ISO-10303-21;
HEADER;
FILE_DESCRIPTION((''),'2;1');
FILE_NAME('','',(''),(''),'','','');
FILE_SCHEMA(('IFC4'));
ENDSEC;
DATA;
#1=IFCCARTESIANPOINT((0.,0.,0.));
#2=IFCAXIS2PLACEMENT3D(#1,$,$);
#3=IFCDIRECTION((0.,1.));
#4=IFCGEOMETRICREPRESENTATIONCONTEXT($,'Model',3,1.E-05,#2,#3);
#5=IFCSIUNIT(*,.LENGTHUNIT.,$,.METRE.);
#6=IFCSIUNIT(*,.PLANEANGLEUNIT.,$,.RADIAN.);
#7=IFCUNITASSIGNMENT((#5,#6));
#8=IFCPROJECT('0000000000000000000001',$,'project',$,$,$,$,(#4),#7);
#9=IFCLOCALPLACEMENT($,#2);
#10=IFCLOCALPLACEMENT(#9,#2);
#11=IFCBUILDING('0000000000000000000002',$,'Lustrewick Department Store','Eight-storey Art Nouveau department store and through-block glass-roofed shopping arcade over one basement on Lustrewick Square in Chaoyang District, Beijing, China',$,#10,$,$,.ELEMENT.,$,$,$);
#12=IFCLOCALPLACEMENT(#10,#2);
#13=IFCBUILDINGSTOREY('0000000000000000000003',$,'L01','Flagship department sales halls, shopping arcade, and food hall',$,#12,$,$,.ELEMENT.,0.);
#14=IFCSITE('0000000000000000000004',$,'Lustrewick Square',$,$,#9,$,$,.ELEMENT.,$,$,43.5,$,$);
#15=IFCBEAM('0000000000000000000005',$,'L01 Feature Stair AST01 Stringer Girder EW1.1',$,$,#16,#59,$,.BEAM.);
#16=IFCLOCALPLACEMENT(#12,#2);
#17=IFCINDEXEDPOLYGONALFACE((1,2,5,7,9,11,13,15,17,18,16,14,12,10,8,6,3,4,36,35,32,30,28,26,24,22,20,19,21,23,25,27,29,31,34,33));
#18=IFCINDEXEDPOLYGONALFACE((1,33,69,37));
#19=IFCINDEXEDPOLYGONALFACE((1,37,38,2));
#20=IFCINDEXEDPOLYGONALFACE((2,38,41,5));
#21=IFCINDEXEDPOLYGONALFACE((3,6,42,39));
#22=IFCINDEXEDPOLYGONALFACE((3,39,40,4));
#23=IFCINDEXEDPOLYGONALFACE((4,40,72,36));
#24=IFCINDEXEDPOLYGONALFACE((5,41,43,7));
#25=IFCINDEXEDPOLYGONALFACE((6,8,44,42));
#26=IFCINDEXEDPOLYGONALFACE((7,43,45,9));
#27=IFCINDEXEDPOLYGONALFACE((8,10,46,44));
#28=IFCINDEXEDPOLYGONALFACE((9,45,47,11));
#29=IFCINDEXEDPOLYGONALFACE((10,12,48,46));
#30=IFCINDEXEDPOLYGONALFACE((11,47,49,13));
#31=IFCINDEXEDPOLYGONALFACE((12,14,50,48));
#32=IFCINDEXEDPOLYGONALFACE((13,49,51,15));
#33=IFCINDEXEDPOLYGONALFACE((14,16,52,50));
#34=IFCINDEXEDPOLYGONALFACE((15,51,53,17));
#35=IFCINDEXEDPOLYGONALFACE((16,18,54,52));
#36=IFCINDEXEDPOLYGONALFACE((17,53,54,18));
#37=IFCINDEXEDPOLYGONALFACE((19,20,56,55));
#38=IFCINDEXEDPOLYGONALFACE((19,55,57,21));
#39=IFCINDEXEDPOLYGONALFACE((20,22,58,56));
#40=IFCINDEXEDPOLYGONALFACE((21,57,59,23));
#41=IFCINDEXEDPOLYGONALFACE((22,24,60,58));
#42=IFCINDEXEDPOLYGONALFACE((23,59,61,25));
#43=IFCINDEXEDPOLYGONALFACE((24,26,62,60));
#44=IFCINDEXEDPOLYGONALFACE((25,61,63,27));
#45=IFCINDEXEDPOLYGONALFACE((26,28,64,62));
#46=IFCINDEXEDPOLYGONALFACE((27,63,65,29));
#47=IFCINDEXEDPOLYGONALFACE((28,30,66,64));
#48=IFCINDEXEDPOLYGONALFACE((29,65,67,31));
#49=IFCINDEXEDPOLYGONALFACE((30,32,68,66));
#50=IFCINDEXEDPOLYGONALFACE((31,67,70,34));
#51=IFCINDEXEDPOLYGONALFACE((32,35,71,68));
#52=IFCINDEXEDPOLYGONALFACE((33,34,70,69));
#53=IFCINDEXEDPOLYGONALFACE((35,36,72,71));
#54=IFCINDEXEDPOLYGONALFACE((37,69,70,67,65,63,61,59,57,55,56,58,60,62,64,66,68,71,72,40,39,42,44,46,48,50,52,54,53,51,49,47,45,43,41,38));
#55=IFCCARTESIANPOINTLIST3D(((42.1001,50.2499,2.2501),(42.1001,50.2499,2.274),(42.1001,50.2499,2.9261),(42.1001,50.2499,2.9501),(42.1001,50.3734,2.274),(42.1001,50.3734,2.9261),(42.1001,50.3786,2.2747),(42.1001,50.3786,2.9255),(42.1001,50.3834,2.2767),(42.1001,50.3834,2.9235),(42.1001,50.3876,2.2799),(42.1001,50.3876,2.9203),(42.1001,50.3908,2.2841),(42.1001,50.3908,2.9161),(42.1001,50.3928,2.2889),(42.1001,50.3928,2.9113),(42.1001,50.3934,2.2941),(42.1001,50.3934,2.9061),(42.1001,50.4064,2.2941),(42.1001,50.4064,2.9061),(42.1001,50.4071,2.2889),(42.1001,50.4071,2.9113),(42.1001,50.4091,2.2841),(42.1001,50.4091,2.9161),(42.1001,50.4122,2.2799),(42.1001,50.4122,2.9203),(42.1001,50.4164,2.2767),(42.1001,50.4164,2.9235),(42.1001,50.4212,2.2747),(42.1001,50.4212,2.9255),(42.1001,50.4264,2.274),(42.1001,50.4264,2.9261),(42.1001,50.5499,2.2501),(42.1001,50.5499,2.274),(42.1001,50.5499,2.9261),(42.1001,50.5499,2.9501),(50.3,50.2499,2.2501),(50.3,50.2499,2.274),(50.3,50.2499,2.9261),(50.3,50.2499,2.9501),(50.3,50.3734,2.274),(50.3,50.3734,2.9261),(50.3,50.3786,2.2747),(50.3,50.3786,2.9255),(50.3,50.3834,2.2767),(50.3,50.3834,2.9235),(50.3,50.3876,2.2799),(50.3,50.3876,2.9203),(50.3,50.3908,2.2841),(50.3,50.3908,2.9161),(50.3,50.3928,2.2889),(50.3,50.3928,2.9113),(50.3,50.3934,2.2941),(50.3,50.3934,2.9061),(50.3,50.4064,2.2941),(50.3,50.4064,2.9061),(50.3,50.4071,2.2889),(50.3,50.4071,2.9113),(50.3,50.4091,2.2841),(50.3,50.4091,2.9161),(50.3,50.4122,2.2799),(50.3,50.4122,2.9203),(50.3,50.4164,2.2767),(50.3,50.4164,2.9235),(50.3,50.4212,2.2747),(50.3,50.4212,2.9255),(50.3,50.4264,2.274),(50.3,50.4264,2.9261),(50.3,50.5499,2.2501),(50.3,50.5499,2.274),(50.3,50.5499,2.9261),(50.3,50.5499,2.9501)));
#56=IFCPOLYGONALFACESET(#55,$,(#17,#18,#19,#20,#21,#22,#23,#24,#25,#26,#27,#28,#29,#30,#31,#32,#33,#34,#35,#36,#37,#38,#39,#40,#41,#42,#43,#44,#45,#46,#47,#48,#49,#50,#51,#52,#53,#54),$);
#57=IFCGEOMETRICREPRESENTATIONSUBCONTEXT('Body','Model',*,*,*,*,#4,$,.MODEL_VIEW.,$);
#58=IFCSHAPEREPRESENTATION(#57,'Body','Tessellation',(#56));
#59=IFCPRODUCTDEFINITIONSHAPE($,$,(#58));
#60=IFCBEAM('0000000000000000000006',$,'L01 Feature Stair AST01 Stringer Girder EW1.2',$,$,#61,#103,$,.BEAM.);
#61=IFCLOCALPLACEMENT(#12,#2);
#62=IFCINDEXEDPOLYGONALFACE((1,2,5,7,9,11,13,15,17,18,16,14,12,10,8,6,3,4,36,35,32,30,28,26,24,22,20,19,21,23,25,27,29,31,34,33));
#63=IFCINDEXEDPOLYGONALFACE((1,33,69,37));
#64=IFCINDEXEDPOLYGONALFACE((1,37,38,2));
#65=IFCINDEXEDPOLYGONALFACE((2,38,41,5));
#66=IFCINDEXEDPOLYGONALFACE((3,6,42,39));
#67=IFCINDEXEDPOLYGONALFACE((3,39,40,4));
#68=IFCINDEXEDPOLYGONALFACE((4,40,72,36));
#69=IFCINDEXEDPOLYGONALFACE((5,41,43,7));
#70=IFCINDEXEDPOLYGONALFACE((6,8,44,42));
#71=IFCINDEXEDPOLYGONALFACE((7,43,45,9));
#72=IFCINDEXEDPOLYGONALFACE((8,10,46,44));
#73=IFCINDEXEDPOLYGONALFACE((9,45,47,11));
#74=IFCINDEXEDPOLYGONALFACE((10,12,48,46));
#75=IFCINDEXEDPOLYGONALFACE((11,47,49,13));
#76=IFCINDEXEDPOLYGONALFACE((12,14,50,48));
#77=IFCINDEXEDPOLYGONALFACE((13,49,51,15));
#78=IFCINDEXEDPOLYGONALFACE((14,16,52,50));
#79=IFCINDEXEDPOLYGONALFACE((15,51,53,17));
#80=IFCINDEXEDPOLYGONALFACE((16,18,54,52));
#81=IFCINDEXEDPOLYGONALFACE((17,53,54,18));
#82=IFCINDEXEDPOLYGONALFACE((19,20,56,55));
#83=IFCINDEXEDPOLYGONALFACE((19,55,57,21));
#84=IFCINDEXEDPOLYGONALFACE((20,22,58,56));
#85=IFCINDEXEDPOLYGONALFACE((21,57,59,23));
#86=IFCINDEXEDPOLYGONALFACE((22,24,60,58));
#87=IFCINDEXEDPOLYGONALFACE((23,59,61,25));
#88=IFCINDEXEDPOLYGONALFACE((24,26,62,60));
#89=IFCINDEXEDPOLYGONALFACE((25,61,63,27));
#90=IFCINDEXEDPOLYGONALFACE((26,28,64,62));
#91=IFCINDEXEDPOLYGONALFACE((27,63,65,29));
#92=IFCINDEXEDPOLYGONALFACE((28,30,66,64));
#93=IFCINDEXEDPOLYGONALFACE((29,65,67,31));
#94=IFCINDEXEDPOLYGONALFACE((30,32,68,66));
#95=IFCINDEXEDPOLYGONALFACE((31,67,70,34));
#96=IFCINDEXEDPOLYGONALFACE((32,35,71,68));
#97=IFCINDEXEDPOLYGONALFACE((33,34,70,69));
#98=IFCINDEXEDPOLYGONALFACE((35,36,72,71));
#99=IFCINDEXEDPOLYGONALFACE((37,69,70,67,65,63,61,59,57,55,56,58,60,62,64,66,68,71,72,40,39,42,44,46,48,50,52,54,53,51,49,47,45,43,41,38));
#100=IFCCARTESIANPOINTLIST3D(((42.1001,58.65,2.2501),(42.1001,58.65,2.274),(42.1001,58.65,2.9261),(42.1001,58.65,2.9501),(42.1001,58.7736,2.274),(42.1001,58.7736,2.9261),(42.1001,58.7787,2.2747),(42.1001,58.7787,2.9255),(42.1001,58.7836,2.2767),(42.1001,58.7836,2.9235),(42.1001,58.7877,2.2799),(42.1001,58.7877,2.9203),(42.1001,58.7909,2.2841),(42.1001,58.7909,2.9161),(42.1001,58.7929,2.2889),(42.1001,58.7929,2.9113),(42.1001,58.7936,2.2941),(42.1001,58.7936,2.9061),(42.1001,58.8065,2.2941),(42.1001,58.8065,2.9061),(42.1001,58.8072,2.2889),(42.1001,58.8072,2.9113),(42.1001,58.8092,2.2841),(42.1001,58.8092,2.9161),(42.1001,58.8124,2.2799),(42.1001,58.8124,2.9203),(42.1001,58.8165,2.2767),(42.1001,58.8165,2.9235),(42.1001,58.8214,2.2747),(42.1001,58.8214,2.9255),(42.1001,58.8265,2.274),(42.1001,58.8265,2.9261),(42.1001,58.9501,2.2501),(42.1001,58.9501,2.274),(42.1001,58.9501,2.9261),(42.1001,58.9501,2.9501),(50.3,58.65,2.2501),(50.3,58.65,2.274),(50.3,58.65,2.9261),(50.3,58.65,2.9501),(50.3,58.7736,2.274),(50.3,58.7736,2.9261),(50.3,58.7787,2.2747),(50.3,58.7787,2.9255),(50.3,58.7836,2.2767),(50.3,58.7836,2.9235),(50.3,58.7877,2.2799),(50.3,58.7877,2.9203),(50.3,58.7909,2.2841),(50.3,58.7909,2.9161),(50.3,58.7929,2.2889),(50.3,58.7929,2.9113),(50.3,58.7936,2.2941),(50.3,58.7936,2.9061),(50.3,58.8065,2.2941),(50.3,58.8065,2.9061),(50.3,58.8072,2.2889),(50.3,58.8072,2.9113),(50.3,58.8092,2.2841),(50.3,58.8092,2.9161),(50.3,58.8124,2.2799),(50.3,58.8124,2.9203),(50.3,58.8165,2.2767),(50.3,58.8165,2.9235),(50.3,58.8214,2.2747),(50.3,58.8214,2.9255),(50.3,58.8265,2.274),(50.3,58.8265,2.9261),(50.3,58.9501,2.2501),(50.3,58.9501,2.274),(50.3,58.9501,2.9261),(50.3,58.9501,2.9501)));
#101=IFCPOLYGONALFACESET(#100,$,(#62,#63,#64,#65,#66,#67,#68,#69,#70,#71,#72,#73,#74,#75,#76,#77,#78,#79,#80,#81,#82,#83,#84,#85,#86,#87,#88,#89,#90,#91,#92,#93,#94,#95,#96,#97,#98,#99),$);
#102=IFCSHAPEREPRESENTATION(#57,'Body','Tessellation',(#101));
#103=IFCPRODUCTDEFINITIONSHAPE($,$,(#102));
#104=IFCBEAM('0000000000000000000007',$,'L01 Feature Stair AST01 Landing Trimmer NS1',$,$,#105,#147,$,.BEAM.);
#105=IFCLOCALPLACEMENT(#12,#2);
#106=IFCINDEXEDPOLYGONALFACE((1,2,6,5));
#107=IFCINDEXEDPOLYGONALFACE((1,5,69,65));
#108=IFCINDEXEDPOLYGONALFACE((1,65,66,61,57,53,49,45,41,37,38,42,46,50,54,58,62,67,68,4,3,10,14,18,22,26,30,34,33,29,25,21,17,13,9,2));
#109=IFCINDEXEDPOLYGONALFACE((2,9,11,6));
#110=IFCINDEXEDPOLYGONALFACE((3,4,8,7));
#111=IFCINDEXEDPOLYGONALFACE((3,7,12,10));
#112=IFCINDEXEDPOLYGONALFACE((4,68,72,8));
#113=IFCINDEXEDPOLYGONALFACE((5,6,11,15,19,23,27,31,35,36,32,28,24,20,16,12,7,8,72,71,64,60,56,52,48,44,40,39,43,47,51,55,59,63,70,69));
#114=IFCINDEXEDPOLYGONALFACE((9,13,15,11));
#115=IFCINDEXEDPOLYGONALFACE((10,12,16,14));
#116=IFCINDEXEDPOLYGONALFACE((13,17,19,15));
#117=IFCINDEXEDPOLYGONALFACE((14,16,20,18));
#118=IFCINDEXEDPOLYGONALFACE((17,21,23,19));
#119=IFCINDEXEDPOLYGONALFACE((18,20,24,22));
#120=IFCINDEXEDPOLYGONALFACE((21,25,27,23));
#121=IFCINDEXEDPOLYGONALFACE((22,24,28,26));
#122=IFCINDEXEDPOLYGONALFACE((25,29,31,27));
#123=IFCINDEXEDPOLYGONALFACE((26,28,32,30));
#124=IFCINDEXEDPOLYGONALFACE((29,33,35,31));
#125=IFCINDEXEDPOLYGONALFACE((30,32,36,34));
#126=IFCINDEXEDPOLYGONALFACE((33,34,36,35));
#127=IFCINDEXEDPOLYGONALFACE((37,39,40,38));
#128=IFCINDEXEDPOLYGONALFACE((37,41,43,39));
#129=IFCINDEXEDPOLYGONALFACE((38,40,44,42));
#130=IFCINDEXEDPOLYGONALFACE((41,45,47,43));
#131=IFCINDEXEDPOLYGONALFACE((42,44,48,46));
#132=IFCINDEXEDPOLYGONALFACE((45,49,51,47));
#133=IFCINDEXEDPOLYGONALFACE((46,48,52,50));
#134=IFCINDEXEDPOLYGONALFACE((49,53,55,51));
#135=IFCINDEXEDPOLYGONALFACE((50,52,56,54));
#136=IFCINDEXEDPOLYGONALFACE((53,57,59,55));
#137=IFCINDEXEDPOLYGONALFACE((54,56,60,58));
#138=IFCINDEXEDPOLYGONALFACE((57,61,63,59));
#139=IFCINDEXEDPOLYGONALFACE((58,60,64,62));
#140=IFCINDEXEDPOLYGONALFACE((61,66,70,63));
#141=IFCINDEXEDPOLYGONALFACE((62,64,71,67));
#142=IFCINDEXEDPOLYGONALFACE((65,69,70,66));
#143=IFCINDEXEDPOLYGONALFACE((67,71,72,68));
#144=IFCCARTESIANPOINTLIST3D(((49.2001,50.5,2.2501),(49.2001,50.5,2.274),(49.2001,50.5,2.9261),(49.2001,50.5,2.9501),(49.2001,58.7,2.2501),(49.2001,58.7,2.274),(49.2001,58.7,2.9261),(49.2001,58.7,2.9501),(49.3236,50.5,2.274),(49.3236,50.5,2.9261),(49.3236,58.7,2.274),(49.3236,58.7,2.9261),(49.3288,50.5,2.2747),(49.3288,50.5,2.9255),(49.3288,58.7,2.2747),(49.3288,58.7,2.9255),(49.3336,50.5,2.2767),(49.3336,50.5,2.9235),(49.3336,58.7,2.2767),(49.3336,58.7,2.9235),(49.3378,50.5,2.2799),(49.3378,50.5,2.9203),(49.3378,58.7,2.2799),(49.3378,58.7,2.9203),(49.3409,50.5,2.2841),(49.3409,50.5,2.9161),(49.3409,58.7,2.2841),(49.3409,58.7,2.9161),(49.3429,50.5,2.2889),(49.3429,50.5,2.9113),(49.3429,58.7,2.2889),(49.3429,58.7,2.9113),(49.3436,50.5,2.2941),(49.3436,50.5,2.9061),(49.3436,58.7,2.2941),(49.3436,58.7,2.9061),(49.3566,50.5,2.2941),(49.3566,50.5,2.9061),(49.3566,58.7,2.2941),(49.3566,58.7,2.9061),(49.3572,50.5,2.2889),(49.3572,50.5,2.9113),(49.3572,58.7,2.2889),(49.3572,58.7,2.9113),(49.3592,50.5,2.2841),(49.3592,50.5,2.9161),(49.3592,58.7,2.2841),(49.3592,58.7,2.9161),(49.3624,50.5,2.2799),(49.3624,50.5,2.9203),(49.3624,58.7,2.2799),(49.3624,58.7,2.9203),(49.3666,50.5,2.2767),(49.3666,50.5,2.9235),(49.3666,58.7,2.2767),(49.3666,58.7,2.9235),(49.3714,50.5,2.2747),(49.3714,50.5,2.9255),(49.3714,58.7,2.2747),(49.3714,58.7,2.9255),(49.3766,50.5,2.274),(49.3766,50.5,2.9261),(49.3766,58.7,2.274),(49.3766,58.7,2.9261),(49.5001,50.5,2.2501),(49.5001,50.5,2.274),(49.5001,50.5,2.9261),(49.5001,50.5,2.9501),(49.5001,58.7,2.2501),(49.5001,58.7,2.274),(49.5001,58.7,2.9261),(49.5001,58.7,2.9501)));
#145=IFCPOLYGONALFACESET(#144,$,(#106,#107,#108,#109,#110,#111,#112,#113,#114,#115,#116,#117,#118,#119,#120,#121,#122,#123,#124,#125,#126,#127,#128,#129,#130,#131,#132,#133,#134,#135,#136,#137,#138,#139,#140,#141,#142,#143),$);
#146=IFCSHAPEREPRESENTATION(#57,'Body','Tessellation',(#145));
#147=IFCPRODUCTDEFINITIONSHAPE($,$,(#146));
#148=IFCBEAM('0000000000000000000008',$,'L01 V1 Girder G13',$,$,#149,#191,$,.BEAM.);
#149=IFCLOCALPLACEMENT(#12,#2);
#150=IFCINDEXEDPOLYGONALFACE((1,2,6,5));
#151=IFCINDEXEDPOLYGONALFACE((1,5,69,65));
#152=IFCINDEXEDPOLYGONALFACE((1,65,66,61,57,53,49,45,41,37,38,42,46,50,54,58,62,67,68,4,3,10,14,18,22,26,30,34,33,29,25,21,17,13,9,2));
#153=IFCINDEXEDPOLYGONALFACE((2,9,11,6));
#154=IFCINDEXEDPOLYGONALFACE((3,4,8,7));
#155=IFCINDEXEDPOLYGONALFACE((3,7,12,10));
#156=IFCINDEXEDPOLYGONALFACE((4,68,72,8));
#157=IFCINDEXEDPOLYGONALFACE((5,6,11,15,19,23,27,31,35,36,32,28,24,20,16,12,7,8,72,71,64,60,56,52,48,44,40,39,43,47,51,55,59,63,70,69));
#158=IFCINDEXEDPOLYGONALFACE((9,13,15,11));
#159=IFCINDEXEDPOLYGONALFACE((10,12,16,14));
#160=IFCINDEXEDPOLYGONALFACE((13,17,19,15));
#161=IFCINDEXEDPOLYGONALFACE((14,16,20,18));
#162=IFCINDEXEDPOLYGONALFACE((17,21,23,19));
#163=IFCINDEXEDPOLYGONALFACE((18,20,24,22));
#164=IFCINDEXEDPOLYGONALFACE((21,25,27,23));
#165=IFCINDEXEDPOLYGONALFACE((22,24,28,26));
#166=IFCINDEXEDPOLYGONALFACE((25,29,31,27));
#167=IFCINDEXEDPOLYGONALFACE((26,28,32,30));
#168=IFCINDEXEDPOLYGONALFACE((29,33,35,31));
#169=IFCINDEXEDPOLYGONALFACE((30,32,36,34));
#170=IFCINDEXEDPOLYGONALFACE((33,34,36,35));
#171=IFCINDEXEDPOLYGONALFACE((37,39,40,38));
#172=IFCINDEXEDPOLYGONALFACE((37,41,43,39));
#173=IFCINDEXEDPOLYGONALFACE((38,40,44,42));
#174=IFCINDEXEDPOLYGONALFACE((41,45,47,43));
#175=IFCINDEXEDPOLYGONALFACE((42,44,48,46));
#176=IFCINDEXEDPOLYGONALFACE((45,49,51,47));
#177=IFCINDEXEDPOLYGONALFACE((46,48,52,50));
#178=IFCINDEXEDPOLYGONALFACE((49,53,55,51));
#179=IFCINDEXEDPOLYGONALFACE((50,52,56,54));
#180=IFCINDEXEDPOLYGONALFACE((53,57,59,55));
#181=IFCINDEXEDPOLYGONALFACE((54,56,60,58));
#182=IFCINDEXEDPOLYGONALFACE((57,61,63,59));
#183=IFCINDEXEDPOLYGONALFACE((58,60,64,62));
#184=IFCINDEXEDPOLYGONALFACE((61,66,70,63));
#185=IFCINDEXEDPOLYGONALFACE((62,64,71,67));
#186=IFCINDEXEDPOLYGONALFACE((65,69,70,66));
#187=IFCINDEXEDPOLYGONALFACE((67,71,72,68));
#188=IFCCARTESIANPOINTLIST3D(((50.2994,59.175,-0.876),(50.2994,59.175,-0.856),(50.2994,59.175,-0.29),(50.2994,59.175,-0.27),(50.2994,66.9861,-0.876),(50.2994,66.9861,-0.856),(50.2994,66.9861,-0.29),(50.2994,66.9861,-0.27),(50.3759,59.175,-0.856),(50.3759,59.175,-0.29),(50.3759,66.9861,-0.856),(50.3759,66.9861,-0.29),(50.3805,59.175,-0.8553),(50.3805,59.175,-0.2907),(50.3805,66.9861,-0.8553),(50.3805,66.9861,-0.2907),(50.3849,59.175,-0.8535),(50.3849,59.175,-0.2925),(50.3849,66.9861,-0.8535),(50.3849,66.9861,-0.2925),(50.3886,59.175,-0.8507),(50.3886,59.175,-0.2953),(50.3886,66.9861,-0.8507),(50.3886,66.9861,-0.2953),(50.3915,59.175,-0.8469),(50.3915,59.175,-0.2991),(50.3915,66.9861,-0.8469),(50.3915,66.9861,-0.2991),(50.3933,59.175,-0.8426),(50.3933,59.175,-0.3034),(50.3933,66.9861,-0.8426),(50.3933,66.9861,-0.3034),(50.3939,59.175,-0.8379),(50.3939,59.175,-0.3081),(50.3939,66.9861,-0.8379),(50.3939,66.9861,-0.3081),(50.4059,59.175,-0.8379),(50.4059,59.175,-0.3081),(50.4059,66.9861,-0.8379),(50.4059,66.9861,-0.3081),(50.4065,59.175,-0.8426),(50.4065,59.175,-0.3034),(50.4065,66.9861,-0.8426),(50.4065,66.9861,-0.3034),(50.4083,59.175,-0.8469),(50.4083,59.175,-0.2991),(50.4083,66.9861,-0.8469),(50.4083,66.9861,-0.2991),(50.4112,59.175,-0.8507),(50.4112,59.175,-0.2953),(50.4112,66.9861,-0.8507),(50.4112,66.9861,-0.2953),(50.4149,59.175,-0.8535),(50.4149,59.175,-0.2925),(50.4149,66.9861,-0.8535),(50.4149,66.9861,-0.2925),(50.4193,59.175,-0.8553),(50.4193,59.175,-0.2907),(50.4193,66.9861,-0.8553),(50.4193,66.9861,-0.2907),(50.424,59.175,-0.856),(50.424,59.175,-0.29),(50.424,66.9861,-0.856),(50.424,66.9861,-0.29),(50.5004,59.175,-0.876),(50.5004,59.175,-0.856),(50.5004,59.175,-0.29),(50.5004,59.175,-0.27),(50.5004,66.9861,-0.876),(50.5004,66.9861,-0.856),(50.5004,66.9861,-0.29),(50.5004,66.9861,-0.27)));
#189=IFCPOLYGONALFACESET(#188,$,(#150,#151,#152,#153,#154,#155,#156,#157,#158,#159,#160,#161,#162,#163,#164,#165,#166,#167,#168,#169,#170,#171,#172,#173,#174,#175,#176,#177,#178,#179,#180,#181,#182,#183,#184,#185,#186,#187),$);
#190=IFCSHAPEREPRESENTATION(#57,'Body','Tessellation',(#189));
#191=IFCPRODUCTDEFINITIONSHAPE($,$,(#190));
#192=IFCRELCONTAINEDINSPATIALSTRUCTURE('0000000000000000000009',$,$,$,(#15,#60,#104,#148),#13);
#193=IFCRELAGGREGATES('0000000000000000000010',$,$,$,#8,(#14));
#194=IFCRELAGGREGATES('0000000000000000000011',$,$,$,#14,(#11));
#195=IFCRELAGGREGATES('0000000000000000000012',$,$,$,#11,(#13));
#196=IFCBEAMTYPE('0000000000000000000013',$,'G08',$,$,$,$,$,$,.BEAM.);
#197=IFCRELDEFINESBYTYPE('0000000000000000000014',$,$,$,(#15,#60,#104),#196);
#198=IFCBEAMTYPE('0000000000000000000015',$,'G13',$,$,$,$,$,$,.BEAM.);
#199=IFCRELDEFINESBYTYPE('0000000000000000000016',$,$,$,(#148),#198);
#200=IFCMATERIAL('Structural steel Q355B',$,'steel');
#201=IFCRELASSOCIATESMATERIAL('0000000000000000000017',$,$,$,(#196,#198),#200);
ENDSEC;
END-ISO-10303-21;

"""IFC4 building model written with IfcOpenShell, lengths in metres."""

from ifc_helpers import new_model, si_unit, direction, frame, origin, origin_2d, place, context, subcontext, project, spatial, i_section, extrude, material, material_profile, profile_set, type_object, element, save


model = new_model("IFC4")

# Units and contexts
model_context = context("Model", 3, precision=1e-05, world=origin(), true_north=direction((0.0, 1.0)))
body_context = subcontext(model_context, "Body", "Model", "MODEL_VIEW")
ifc_project = project(units=[si_unit("LENGTHUNIT", "METRE"), si_unit("PLANEANGLEUNIT", "RADIAN")], contexts=[model_context])

# Site, building, storey
site_placement = place(None, origin())
site = spatial("IfcSite", under=ifc_project, at=site_placement, Name="Lustrewick Square", CompositionType="ELEMENT", RefElevation=43.5)
building_placement = place(site_placement, origin())
building = spatial("IfcBuilding", under=site, at=building_placement, Name="Lustrewick Department Store", Description="Eight-storey Art Nouveau department store and through-block glass-roofed shopping arcade over one basement on Lustrewick Square in Chaoyang District, Beijing, China", CompositionType="ELEMENT")
storey_placement = place(building_placement, origin())
storey = spatial("IfcBuildingStorey", under=building, at=storey_placement, Name="L01", Description="Flagship department sales halls, shopping arcade, and food hall", CompositionType="ELEMENT", Elevation=0.0)

# Beams
ifc_material_1 = material(Name="Structural steel Q355B", Category="steel")
ifc_material_profile_1 = material_profile(ifc_material_1, i_section(OverallWidth=0.3, OverallDepth=0.7, WebThickness=0.0129, FlangeThickness=0.0239, FilletRadius=0.02, at=origin_2d()), Name="HN 700x300x13x24")
ifc_profile_set_1 = profile_set([ifc_material_profile_1], Name="Structural steel Q355B")
beam_type_1 = type_object("IfcBeamType", Name="G08", PredefinedType="BEAM", material=ifc_profile_set_1)
for number, where, z_axis, x_axis, name in (
    (1, (42.1001, 50.3999, 2.6001), (1.0, 0.0, 0.0), (0.0, 1.0, 0.0), "L01 Feature Stair AST01 Stringer Girder EW1.1"),
    (2, (42.1001, 58.8, 2.6001), (1.0, 0.0, 0.0), (0.0, 1.0, 0.0), "L01 Feature Stair AST01 Stringer Girder EW1.2"),
    (3, (49.3501, 50.5, 2.6001), (0.0, 1.0, 0.0), (-1.0, 0.0, 0.0), "L01 Feature Stair AST01 Landing Trimmer NS1"),
):
    element("IfcBeam", number, at=place(storey_placement, frame(where, z_axis=z_axis, x_axis=x_axis)), inside=storey, type_object=beam_type_1, Name=name, PredefinedType="BEAM", context=body_context, shape_type="SweptSolid", body=[
        extrude(i_section(OverallWidth=0.3, OverallDepth=0.7, WebThickness=0.0129, FlangeThickness=0.0239, FilletRadius=0.02, at=origin_2d()), origin(), (0.0, 0.0, 1.0), 8.2),
    ])
ifc_material_profile_2 = material_profile(ifc_material_1, i_section(OverallWidth=0.2009, OverallDepth=0.606, WebThickness=0.012, FlangeThickness=0.02, FilletRadius=0.0181, at=origin_2d()), Name="HN 606x201x12x20")
ifc_profile_set_2 = profile_set([ifc_material_profile_2], Name="Structural steel Q355B")
beam_type_2 = type_object("IfcBeamType", Name="G13", PredefinedType="BEAM", material=ifc_profile_set_2)
beam_1_placement = place(storey_placement, frame((50.3999, 59.175, -0.573), z_axis=(0.0, 1.0, 0.0), x_axis=(-1.0, 0.0, 0.0)))
element("IfcBeam", 4, at=beam_1_placement, inside=storey, type_object=beam_type_2, Name="L01 V1 Girder G13", PredefinedType="BEAM", context=body_context, shape_type="SweptSolid", body=[
    extrude(i_section(OverallWidth=0.2009, OverallDepth=0.606, WebThickness=0.012, FlangeThickness=0.02, FilletRadius=0.0181, at=origin_2d()), origin(), (0.0, 0.0, 1.0), 7.811),
])

save(model, "model.ifc")
